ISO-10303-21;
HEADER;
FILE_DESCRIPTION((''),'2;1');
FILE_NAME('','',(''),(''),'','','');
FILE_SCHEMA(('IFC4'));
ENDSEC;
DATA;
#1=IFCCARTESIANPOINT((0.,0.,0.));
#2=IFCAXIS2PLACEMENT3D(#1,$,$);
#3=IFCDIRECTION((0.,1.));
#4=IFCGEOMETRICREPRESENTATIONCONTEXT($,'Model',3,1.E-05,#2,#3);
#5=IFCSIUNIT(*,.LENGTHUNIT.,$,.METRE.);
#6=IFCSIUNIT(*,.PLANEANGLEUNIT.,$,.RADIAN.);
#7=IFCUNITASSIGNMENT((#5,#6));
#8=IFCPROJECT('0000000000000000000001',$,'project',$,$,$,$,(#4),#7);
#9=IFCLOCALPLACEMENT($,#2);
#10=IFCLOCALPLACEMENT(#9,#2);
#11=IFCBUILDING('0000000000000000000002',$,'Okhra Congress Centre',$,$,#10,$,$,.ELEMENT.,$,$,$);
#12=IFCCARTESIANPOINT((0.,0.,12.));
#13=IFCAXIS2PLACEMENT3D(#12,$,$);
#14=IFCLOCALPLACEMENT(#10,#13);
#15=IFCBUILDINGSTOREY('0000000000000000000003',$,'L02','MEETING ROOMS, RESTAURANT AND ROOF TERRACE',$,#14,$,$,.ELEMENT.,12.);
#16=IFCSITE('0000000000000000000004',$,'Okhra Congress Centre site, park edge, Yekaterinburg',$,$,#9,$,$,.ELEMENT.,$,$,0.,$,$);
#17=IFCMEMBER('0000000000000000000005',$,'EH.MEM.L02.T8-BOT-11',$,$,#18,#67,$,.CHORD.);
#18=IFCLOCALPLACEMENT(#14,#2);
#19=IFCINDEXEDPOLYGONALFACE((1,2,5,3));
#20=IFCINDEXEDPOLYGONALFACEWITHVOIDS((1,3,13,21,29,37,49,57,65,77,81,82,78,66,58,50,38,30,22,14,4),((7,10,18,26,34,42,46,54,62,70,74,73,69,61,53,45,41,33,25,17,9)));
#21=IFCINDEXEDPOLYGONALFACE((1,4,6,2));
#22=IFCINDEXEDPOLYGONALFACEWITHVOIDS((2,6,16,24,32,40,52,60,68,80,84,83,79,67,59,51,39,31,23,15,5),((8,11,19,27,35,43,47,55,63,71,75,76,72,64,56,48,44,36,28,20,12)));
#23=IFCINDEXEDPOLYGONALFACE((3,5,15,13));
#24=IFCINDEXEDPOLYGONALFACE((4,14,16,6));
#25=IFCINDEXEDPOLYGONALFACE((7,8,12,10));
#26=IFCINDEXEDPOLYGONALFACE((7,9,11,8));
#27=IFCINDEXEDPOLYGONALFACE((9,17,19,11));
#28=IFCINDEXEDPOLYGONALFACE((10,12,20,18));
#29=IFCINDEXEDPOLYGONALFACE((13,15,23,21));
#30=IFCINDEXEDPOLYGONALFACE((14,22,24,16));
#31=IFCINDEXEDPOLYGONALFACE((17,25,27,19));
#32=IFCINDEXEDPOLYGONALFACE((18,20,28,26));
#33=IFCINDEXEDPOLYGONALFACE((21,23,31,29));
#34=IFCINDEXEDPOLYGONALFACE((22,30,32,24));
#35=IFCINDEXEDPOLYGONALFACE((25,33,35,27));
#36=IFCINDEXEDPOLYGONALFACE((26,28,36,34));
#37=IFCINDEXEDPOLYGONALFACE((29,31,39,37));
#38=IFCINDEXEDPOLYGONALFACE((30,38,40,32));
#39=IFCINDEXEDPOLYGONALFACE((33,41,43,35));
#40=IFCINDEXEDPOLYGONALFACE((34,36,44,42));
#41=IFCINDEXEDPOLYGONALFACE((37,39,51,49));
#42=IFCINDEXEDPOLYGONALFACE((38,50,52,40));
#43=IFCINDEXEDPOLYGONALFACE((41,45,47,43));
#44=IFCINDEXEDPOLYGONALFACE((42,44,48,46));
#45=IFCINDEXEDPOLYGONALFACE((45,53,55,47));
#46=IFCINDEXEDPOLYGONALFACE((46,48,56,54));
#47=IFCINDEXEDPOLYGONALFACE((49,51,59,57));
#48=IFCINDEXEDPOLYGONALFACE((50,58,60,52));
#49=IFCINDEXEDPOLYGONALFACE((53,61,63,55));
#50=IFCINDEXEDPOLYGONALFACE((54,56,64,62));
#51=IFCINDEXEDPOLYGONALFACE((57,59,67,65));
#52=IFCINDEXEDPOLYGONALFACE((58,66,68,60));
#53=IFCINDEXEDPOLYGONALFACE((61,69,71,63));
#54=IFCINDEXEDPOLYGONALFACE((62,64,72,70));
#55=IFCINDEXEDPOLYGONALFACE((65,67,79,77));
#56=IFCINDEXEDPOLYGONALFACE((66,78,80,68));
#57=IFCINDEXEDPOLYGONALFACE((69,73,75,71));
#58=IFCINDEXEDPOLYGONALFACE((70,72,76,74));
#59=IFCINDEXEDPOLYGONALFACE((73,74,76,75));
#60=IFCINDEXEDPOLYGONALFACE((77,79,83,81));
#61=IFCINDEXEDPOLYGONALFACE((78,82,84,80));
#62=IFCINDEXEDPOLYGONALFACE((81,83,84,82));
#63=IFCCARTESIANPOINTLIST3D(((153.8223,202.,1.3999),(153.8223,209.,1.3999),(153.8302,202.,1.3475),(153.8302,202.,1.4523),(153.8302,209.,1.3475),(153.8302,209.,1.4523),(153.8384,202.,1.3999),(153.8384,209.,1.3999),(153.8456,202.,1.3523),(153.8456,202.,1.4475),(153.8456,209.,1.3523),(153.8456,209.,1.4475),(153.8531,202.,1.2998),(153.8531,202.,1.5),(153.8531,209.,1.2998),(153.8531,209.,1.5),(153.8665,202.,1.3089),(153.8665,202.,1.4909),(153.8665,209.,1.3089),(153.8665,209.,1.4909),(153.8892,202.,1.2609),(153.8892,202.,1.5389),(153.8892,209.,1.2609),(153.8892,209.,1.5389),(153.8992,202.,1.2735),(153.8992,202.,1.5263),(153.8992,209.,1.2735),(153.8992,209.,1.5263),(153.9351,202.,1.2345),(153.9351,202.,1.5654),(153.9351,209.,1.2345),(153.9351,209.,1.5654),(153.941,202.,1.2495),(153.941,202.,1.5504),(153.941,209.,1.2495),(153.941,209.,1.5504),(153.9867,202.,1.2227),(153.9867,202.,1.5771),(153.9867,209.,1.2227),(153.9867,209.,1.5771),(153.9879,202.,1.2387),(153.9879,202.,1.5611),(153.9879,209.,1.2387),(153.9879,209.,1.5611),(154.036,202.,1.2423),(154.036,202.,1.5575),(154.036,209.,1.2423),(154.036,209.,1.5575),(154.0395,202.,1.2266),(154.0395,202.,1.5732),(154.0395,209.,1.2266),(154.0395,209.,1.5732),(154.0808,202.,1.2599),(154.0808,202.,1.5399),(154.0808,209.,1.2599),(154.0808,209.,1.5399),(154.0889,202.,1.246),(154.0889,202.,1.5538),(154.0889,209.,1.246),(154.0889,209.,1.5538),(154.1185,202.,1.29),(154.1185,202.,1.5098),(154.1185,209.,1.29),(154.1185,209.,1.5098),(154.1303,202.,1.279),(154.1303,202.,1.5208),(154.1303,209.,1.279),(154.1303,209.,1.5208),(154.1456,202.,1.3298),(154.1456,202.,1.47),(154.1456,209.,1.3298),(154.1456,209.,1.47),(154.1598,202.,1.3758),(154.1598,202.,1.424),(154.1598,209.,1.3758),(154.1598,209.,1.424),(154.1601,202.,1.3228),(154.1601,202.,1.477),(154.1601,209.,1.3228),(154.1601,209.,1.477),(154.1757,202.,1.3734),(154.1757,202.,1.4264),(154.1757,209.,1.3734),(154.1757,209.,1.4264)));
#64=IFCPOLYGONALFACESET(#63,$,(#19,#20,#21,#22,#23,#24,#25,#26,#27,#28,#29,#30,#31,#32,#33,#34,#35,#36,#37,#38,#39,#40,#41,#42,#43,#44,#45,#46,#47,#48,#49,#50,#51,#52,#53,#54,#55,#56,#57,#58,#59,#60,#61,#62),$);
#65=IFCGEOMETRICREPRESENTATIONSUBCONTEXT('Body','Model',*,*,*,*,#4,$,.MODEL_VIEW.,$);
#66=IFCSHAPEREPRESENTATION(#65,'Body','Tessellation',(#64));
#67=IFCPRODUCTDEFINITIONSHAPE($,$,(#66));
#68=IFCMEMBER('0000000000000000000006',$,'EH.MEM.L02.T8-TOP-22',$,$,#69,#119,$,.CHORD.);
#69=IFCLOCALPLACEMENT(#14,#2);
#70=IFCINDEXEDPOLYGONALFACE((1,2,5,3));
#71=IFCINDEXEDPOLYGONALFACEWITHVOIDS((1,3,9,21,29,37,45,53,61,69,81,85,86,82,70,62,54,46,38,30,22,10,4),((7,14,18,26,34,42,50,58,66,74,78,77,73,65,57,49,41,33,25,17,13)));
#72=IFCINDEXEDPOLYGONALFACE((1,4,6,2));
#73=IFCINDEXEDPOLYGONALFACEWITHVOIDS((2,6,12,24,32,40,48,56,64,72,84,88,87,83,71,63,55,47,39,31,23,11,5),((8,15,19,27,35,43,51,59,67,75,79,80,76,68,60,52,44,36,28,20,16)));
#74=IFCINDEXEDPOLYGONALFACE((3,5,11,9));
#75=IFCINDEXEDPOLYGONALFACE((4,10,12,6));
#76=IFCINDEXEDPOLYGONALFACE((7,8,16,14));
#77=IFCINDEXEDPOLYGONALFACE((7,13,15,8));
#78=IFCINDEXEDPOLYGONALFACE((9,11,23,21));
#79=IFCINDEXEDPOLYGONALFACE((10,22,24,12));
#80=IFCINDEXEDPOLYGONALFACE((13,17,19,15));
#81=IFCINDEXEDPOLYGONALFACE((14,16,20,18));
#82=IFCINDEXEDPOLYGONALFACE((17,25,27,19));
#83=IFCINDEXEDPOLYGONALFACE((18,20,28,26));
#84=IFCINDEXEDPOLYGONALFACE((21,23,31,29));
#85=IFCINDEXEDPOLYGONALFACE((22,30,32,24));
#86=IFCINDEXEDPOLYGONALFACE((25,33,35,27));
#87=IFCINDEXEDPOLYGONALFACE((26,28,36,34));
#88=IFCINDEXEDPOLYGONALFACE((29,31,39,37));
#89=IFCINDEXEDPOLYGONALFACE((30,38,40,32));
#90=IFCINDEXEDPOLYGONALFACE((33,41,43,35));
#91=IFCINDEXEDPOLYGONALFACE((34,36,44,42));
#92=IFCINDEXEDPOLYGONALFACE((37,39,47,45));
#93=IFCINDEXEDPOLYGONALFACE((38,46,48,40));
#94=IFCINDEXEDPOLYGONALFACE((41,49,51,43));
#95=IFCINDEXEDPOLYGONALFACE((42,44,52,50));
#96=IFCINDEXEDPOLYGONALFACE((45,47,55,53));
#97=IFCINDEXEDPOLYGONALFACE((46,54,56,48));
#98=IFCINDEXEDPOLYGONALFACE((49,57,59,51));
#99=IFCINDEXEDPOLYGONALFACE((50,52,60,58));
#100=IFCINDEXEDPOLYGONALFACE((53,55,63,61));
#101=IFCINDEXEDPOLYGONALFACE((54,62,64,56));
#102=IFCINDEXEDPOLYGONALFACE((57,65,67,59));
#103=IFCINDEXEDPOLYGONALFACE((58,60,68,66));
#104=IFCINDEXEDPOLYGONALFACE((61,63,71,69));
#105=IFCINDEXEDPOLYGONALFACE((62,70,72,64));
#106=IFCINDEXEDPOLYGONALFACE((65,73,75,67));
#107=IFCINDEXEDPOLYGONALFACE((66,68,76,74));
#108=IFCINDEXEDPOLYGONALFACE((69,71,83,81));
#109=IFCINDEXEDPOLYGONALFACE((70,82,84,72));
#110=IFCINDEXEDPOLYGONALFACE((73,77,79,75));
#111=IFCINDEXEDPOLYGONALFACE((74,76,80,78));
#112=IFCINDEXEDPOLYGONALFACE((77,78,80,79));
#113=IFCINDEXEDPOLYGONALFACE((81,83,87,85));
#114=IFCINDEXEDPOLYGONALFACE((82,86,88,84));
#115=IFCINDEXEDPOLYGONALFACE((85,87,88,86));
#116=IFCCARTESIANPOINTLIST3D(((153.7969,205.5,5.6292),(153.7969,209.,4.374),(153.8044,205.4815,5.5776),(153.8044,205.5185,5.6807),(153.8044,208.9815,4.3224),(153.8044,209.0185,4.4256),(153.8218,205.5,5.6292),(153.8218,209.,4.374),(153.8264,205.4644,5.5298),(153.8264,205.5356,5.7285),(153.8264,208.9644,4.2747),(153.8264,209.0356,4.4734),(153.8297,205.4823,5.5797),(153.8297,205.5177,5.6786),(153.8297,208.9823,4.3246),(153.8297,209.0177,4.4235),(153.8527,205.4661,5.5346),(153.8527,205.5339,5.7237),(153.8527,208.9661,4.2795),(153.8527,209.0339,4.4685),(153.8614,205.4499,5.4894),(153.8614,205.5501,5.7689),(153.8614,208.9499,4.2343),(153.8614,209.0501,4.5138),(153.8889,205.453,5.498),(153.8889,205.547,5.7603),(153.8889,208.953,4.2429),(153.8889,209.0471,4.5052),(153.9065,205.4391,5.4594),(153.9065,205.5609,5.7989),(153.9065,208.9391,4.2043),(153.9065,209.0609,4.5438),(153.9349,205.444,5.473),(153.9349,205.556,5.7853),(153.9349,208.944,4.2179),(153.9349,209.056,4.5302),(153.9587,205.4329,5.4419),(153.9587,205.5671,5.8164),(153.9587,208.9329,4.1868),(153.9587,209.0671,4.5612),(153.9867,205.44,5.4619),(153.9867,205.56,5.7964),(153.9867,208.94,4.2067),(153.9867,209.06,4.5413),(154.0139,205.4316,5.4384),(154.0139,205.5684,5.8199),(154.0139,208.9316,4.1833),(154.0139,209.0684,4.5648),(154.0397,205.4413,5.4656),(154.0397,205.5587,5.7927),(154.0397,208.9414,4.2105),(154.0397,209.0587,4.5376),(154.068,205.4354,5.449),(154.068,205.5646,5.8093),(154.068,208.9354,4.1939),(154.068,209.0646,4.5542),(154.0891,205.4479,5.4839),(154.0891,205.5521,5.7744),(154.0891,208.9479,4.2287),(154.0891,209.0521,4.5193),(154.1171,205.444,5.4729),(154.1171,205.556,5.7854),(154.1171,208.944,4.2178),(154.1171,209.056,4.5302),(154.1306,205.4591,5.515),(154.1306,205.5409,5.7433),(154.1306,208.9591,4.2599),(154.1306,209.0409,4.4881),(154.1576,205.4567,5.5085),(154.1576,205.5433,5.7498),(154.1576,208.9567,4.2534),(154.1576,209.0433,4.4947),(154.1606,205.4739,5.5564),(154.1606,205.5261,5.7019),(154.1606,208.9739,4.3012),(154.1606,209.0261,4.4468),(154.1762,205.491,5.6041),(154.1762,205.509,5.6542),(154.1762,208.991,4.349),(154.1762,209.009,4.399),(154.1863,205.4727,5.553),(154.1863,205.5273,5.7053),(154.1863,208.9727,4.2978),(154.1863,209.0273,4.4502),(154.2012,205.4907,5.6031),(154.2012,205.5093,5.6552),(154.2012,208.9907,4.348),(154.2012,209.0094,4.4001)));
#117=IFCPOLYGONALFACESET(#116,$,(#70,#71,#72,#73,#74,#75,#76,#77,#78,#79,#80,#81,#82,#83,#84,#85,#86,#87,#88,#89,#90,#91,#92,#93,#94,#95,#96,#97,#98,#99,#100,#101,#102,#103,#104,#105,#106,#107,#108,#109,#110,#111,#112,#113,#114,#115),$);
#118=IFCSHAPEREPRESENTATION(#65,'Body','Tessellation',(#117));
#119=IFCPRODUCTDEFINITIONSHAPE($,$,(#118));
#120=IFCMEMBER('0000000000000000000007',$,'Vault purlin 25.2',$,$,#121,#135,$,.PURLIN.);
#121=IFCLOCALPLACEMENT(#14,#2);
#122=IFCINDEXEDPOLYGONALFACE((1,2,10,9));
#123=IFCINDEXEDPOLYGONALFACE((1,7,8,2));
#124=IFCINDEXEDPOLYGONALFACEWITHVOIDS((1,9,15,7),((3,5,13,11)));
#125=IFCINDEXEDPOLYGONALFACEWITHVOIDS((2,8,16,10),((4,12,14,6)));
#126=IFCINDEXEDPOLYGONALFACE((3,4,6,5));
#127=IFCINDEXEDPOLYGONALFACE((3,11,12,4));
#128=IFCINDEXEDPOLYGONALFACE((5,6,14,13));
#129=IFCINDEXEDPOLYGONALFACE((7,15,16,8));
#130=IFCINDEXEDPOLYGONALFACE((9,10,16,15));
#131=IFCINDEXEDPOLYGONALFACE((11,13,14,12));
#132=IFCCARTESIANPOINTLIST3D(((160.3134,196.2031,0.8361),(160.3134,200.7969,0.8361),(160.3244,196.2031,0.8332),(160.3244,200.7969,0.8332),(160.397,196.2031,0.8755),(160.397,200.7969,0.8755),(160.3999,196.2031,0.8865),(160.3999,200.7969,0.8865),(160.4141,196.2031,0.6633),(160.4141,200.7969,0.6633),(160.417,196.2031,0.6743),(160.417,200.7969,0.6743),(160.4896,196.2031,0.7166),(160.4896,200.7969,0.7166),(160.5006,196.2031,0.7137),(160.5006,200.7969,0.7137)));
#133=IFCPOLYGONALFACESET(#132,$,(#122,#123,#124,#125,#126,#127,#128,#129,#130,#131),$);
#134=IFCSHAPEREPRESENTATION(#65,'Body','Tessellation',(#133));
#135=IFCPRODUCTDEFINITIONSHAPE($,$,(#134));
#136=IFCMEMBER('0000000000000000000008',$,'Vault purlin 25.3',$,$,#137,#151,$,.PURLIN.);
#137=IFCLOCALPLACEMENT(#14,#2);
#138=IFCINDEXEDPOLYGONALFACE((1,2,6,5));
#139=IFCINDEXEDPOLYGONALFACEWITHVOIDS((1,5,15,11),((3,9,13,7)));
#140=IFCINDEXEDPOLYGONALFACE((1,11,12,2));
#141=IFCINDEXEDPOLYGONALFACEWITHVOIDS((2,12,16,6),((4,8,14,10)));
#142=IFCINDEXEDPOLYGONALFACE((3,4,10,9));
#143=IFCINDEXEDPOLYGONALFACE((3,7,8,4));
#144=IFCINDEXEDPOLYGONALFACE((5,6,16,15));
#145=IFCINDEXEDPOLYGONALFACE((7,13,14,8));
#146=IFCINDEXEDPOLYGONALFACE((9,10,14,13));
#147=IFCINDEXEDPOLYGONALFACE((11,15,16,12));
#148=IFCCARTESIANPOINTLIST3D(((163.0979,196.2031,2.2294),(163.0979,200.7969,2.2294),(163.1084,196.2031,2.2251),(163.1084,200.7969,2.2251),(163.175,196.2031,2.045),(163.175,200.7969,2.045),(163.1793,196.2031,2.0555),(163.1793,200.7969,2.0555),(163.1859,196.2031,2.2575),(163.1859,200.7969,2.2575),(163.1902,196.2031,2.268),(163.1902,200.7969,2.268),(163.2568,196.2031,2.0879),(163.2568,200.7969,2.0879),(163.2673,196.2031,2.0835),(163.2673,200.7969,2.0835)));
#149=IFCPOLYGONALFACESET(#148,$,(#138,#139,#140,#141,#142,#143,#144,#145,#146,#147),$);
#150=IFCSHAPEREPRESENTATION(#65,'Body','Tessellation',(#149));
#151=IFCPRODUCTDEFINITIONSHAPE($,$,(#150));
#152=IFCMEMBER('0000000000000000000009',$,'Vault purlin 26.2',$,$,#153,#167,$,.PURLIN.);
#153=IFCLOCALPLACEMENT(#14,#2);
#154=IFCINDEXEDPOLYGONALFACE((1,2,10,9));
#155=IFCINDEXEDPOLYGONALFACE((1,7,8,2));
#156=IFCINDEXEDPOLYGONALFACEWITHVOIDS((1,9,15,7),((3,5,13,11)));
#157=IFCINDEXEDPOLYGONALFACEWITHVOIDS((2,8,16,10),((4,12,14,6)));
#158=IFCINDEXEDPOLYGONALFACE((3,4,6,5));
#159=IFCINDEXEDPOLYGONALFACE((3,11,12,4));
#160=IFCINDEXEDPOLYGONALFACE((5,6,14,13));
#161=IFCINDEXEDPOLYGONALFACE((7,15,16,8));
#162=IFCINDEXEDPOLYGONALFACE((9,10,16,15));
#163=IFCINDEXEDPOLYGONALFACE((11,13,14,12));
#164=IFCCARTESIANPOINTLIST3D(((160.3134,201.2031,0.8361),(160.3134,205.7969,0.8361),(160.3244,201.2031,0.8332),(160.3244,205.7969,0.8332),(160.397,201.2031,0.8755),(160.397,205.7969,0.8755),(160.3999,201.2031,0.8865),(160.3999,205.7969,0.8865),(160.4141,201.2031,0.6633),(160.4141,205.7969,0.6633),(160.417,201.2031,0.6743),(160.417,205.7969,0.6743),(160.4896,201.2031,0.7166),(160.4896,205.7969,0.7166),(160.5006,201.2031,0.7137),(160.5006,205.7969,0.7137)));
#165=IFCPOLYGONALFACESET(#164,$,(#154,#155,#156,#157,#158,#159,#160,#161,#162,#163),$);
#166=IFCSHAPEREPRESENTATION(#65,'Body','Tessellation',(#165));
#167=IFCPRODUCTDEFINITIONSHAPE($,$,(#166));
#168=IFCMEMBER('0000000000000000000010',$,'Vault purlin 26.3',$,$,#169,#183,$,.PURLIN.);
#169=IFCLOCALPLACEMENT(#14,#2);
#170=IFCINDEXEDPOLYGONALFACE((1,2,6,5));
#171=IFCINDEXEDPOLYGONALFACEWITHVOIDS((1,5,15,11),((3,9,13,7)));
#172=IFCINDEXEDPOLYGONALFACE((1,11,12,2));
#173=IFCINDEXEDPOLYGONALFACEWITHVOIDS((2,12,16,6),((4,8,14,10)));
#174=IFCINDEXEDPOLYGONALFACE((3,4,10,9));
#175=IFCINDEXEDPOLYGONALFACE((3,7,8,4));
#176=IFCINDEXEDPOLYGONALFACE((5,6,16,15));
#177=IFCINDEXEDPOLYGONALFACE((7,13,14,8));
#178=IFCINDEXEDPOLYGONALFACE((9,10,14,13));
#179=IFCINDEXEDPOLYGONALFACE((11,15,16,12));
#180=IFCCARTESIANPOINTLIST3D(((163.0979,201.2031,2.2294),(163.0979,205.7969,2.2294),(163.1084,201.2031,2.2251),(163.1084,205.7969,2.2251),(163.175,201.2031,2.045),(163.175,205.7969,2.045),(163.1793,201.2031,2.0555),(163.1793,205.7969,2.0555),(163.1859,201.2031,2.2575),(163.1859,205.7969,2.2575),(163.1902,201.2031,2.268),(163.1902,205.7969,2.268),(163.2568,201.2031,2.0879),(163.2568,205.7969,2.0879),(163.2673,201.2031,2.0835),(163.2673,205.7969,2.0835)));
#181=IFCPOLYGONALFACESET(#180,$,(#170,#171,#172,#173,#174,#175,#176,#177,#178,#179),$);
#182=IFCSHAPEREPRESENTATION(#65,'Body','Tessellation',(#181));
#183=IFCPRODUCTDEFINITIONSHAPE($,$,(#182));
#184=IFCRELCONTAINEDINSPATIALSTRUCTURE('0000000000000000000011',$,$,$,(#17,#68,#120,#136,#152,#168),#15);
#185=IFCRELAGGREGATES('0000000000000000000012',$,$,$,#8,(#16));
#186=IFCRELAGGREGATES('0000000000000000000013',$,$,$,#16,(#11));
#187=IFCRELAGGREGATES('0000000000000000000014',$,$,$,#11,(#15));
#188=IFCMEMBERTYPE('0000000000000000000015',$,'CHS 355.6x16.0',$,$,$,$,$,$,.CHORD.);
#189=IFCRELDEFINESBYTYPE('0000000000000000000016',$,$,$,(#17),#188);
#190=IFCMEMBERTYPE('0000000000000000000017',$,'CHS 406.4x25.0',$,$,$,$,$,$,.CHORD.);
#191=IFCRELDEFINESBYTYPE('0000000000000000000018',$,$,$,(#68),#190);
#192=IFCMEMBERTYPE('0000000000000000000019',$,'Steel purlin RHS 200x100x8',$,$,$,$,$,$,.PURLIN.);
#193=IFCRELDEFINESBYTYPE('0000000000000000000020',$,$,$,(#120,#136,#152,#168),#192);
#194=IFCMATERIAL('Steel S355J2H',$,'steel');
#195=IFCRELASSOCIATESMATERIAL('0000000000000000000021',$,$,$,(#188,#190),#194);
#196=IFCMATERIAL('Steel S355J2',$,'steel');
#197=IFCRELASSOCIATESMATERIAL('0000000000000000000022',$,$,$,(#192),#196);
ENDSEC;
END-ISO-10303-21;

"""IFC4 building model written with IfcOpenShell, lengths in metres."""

from ifc_helpers import new_model, si_unit, direction, frame, origin, origin_2d, place, context, subcontext, project, spatial, hollow_rectangle, hollow_circle, extrude, material, material_profile, profile_set, type_object, element, save


model = new_model("IFC4")

# Units and contexts
model_context = context("Model", 3, precision=1e-05, world=origin(), true_north=direction((0.0, 1.0)))
body_context = subcontext(model_context, "Body", "Model", "MODEL_VIEW")
ifc_project = project(units=[si_unit("LENGTHUNIT", "METRE"), si_unit("PLANEANGLEUNIT", "RADIAN")], contexts=[model_context])

# Site, building, storey
site_placement = place(None, origin())
site = spatial("IfcSite", under=ifc_project, at=site_placement, Name="Okhra Congress Centre site, park edge, Yekaterinburg", CompositionType="ELEMENT", RefElevation=0.0)
building_placement = place(site_placement, origin())
building = spatial("IfcBuilding", under=site, at=building_placement, Name="Okhra Congress Centre", CompositionType="ELEMENT")
storey_placement = place(building_placement, frame((0.0, 0.0, 12.0)))
storey = spatial("IfcBuildingStorey", under=building, at=storey_placement, Name="L02", Description="MEETING ROOMS, RESTAURANT AND ROOF TERRACE", CompositionType="ELEMENT", Elevation=12.0)

# Members
ifc_material_1 = material(Name="Steel S355J2H", Category="steel")
ifc_material_profile_1 = material_profile(ifc_material_1, hollow_circle(Radius=0.1777, WallThickness=0.0161, at=origin_2d()), Name="CHS 355.6x16.0")
ifc_profile_set_1 = profile_set([ifc_material_profile_1], Name="Steel S355J2H")
member_type_1 = type_object("IfcMemberType", Name="CHS 355.6x16.0", PredefinedType="CHORD", material=ifc_profile_set_1)
for number, where, z_axis, x_axis, name in (
    (1, (154.0, 202.0, 1.3999), (0.0, 1.0, 0.0), (-1.0, 0.0, 0.0), "EH.MEM.L02.T8-BOT-11"),
):
    element("IfcMember", number, at=place(storey_placement, frame(where, z_axis=z_axis, x_axis=x_axis)), inside=storey, type_object=member_type_1, Name=name, PredefinedType="CHORD", context=body_context, shape_type="SweptSolid", body=[
        extrude(hollow_circle(Radius=0.1777, WallThickness=0.0161, at=origin_2d()), origin(), (0.0, 0.0, 1.0), 7.0),
    ])
ifc_material_profile_2 = material_profile(ifc_material_1, hollow_circle(Radius=0.2031, WallThickness=0.0249, at=origin_2d()), Name="CHS 406.4x25.0")
ifc_profile_set_2 = profile_set([ifc_material_profile_2], Name="Steel S355J2H")
member_type_2 = type_object("IfcMemberType", Name="CHS 406.4x25.0", PredefinedType="CHORD", material=ifc_profile_set_2)
member_1_placement = place(storey_placement, frame((154.0, 205.5, 5.6292), z_axis=(0.0, 0.941304, -0.337559), x_axis=(-1.0, 0.0, 0.0)))
element("IfcMember", 2, at=member_1_placement, inside=storey, type_object=member_type_2, Name="EH.MEM.L02.T8-TOP-22", PredefinedType="CHORD", context=body_context, shape_type="SweptSolid", body=[
    extrude(hollow_circle(Radius=0.2031, WallThickness=0.0249, at=origin_2d()), origin(), (0.0, 0.0, 1.0), 3.7183),
])
ifc_material_2 = material(Name="Steel S355J2", Category="steel")
ifc_material_profile_3 = material_profile(ifc_material_2, hollow_rectangle(XDim=0.1001, YDim=0.2, WallThickness=0.0081, at=origin_2d()), Name="RHS 200x100x8")
ifc_profile_set_3 = profile_set([ifc_material_profile_3], Name="Steel S355J2")
member_type_3 = type_object("IfcMemberType", Name="Steel purlin RHS 200x100x8", PredefinedType="PURLIN", material=ifc_profile_set_3)
for number, where, z_axis, x_axis, name in (
    (3, (160.407, 196.2031, 0.7749), (0.0, 1.0, 0.0), (-0.863917, 0.0, -0.503634), "Vault purlin 25.2"),
    (4, (163.1826, 196.2031, 2.1565), (0.0, 1.0, 0.0), (-0.922669, 0.0, -0.385593), "Vault purlin 25.3"),
    (5, (160.407, 201.2031, 0.7749), (0.0, 1.0, 0.0), (-0.863917, 0.0, -0.503634), "Vault purlin 26.2"),
    (6, (163.1826, 201.2031, 2.1565), (0.0, 1.0, 0.0), (-0.922669, 0.0, -0.385593), "Vault purlin 26.3"),
):
    element("IfcMember", number, at=place(storey_placement, frame(where, z_axis=z_axis, x_axis=x_axis)), inside=storey, type_object=member_type_3, Name=name, PredefinedType="PURLIN", context=body_context, shape_type="SweptSolid", body=[
        extrude(hollow_rectangle(XDim=0.1001, YDim=0.2, WallThickness=0.0081, at=origin_2d()), origin(), (0.0, 0.0, 1.0), 4.5938),
    ])

save(model, "model.ifc")
